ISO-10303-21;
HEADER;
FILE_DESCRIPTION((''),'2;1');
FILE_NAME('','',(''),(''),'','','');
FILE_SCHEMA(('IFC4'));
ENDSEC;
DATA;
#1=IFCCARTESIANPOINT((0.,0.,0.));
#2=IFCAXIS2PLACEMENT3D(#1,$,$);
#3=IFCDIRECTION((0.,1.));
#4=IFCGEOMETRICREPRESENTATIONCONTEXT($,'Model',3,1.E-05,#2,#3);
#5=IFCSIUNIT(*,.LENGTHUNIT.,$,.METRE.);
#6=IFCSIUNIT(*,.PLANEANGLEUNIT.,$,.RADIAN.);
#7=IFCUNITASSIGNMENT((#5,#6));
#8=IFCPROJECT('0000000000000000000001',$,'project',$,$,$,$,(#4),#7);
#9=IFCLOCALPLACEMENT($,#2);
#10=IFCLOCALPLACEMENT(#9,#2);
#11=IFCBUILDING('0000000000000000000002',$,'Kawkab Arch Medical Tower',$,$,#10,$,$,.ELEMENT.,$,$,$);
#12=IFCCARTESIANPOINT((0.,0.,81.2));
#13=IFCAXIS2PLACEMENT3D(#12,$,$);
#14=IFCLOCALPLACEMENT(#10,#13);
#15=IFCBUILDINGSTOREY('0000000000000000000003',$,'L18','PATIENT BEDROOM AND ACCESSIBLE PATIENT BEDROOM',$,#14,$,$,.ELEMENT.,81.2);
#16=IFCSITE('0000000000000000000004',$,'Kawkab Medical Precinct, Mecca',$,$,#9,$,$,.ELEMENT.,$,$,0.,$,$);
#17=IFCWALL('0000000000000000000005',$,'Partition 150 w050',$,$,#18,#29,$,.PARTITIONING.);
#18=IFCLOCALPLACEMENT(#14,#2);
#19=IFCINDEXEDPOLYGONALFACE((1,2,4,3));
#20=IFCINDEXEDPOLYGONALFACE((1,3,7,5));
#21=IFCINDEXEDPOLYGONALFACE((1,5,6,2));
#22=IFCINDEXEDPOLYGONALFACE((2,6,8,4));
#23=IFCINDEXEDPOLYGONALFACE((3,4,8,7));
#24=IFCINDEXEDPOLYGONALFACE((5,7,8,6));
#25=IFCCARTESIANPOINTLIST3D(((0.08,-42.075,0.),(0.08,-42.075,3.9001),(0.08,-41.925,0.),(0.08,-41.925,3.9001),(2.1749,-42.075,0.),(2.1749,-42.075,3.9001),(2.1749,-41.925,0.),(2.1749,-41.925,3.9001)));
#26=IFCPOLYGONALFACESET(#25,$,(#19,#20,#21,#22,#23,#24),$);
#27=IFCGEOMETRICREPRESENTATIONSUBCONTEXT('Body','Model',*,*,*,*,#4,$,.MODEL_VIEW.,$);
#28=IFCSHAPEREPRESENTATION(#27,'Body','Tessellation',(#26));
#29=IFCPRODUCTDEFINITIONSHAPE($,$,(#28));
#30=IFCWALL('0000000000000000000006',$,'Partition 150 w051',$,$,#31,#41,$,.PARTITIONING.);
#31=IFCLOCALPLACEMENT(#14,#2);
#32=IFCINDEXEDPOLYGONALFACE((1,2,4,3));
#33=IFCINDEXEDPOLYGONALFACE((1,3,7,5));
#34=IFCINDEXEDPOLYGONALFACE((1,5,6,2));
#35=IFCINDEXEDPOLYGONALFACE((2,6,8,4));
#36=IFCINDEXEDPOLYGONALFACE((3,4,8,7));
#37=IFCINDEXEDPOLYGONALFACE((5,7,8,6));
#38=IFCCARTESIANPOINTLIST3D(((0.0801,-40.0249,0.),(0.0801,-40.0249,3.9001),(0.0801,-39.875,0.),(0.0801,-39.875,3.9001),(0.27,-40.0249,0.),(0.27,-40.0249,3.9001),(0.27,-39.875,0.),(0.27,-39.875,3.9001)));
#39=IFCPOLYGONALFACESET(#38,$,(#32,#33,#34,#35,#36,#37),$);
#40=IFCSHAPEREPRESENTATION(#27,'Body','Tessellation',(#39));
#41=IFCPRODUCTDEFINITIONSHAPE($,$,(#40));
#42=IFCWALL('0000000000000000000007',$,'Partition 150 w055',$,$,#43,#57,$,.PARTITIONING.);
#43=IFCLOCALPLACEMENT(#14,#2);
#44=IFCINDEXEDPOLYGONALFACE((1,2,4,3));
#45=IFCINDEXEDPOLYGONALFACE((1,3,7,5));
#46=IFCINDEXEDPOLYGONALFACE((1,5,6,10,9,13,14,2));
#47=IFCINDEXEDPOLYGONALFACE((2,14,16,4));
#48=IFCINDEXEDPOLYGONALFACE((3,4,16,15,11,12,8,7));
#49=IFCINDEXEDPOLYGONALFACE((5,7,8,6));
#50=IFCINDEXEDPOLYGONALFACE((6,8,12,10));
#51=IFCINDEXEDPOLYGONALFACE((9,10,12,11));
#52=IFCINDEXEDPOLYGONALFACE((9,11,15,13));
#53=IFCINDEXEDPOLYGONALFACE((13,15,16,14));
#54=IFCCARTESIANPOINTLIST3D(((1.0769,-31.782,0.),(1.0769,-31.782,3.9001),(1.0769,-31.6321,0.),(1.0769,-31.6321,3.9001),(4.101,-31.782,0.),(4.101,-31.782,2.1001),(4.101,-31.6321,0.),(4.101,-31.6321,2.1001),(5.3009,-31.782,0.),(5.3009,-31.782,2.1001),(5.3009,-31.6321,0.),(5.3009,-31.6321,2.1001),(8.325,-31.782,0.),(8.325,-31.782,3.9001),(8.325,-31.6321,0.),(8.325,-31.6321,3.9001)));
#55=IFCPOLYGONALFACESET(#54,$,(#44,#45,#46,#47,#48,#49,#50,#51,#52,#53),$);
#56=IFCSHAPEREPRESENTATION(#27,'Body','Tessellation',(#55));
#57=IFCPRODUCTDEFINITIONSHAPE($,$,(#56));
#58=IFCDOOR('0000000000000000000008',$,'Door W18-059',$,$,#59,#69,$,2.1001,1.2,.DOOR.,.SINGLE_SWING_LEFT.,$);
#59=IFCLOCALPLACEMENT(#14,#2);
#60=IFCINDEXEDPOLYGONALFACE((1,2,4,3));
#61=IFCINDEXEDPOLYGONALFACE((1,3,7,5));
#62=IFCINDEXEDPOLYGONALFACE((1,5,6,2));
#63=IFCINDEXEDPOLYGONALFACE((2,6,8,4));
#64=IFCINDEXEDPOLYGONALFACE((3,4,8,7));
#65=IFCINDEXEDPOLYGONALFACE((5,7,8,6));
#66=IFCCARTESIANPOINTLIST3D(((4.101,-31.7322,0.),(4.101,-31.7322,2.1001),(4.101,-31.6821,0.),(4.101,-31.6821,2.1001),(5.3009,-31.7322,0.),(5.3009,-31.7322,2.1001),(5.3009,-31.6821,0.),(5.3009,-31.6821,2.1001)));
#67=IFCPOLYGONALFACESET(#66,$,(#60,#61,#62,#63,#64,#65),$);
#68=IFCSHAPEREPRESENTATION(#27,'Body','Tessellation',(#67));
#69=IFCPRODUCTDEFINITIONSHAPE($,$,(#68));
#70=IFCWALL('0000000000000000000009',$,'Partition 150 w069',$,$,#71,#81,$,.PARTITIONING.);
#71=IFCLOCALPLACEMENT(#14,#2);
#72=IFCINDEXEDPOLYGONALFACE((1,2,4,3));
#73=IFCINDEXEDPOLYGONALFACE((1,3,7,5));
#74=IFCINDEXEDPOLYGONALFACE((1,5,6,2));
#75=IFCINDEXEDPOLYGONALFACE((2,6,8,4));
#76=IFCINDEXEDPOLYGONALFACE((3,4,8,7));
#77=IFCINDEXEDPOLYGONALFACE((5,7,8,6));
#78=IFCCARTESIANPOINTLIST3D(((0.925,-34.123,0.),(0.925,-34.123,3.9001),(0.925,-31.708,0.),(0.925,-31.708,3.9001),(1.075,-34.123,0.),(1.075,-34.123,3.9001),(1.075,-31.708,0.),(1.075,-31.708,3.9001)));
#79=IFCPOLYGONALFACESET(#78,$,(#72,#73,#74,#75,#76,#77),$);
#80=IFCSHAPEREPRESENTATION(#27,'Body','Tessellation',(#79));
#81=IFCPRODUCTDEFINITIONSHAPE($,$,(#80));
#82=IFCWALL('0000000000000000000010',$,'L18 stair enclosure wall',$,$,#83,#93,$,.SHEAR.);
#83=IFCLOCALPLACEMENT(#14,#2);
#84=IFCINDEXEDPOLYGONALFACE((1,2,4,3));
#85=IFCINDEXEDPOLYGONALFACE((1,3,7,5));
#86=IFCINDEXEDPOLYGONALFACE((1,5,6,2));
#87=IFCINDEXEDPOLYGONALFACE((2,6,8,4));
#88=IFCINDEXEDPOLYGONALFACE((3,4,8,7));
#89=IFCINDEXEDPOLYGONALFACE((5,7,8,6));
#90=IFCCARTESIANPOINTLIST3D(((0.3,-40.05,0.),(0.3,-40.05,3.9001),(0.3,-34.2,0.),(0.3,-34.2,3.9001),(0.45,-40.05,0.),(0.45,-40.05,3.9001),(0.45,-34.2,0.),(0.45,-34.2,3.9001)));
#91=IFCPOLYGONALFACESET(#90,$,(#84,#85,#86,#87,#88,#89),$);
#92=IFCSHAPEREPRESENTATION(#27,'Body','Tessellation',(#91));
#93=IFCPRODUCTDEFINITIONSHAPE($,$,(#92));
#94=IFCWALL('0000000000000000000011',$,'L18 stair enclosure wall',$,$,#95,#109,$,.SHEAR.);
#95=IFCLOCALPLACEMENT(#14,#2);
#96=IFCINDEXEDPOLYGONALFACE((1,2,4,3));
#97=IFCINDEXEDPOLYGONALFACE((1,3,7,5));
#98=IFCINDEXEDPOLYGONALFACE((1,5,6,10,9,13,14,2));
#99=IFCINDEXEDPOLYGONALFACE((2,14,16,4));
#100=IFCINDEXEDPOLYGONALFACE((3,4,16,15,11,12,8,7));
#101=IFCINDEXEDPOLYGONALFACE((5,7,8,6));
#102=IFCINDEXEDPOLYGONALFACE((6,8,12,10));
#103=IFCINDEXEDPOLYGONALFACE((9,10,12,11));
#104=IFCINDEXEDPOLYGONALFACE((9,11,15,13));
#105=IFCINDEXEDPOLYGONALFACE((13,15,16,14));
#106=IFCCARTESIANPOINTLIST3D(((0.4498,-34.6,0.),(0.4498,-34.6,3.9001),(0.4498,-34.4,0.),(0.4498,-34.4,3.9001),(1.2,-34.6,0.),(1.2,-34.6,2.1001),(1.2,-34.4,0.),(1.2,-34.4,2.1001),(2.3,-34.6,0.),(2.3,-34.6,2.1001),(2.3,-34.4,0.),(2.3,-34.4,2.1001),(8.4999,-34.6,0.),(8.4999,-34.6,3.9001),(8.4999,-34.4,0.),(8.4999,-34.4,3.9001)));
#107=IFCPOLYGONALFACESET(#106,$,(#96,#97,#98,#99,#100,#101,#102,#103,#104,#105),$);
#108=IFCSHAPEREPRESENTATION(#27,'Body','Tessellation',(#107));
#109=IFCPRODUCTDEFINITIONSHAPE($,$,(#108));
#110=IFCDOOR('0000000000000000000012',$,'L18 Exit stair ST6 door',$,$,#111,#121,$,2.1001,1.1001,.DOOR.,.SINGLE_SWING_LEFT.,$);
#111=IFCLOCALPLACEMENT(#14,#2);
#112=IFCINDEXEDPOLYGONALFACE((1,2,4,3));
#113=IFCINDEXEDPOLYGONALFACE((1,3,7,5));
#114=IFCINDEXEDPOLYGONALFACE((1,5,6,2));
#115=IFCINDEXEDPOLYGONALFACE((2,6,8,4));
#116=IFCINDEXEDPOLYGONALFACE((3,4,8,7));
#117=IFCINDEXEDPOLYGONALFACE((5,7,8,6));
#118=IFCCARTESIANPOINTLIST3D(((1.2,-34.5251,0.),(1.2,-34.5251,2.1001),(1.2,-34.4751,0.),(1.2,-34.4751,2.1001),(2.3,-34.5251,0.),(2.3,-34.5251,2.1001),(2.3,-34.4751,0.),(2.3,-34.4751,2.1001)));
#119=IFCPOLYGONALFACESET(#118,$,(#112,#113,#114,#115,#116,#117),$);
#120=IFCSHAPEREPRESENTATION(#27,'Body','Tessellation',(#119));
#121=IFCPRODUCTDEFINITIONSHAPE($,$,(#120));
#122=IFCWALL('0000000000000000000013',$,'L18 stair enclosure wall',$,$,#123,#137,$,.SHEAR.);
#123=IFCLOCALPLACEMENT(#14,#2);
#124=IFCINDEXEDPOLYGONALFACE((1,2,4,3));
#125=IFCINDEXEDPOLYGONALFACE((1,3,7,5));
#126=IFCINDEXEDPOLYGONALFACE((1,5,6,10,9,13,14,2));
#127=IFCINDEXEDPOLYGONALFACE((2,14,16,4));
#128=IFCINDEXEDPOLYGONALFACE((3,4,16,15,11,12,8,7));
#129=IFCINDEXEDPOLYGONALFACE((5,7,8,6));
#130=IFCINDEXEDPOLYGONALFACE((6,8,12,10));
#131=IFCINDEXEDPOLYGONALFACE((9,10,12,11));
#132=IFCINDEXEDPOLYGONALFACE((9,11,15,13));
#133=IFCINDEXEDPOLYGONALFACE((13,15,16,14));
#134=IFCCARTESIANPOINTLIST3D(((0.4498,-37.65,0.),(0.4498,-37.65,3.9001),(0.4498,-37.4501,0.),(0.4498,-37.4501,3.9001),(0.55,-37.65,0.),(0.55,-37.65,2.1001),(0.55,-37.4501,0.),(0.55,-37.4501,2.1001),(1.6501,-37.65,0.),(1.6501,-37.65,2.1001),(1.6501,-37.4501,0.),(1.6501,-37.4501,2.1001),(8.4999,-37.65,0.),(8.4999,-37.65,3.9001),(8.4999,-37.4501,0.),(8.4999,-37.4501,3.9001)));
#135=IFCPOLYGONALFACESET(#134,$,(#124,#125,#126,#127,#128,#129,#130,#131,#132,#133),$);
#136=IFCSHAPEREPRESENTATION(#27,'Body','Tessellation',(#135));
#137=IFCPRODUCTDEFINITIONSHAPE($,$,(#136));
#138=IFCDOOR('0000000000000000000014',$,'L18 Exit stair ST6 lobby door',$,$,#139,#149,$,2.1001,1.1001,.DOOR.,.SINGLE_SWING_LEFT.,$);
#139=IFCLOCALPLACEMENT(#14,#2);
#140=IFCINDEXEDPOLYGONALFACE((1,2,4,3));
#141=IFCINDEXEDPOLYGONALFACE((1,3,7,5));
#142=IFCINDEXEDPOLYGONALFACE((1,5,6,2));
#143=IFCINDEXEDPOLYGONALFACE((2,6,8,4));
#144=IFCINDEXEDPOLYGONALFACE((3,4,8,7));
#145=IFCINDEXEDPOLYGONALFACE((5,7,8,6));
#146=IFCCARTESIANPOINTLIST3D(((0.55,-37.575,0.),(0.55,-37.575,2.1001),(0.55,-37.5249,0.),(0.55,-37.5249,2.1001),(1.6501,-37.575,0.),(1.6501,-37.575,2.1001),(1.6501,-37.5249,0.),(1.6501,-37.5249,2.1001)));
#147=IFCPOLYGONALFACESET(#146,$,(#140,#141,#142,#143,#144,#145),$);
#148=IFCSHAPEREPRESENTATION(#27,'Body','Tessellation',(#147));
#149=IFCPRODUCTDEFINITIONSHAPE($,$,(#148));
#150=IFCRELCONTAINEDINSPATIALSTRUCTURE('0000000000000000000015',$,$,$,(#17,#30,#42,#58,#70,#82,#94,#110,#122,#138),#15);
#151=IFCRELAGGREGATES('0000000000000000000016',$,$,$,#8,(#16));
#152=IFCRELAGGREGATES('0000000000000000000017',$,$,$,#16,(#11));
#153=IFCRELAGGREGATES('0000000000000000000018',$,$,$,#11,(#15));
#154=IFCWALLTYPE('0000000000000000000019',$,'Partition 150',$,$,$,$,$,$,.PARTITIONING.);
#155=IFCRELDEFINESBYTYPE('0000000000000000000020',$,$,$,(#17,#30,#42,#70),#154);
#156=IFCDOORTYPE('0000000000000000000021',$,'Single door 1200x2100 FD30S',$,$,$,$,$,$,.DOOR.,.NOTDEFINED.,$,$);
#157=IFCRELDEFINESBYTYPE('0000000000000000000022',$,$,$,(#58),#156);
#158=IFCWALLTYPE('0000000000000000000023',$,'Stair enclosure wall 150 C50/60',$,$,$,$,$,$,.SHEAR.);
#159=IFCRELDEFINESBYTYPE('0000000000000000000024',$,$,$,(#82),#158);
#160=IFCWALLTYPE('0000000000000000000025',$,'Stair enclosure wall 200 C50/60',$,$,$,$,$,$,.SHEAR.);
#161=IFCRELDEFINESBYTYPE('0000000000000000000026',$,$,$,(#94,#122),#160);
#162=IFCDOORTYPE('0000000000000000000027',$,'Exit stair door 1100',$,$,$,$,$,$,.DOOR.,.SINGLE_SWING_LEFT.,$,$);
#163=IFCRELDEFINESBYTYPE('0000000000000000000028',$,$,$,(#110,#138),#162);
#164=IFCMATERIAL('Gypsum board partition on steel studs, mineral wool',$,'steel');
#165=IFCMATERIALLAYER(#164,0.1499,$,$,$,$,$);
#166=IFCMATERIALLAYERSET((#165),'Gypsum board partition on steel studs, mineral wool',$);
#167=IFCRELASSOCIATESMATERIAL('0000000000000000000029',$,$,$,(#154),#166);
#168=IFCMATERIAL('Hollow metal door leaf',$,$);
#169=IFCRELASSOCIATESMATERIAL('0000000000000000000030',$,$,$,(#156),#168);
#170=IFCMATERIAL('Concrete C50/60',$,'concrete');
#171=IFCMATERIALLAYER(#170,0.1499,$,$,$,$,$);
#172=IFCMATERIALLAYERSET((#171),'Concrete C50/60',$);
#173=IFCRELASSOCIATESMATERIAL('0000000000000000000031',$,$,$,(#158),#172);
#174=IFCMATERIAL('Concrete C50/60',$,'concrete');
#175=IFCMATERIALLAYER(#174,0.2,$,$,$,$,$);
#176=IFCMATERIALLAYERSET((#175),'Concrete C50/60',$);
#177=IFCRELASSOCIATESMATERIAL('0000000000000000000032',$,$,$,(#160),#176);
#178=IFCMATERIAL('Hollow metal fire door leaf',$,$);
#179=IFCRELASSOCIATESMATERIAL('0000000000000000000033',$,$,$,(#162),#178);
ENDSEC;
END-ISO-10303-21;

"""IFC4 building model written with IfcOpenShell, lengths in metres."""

from ifc_helpers import new_model, si_unit, direction, frame, frame_2d, origin, place, context, subcontext, project, spatial, rectangle, extrude, material, layer, layer_set, type_object, element, fill, save


model = new_model("IFC4")

# Units and contexts
model_context = context("Model", 3, precision=1e-05, world=origin(), true_north=direction((0.0, 1.0)))
body_context = subcontext(model_context, "Body", "Model", "MODEL_VIEW")
ifc_project = project(units=[si_unit("LENGTHUNIT", "METRE"), si_unit("PLANEANGLEUNIT", "RADIAN")], contexts=[model_context])

# Site, building, storey
site_placement = place(None, origin())
site = spatial("IfcSite", under=ifc_project, at=site_placement, Name="Kawkab Medical Precinct, Mecca", CompositionType="ELEMENT", RefElevation=0.0)
building_placement = place(site_placement, origin())
building = spatial("IfcBuilding", under=site, at=building_placement, Name="Kawkab Arch Medical Tower", CompositionType="ELEMENT")
storey_placement = place(building_placement, frame((0.0, 0.0, 81.2)))
storey = spatial("IfcBuildingStorey", under=building, at=storey_placement, Name="L18", Description="PATIENT BEDROOM AND ACCESSIBLE PATIENT BEDROOM", CompositionType="ELEMENT", Elevation=81.2)

# Walls
ifc_material_1 = material(Name="Gypsum board partition on steel studs, mineral wool", Category="steel")
ifc_layer_1 = layer(ifc_material_1, 0.1499)
ifc_layer_set_1 = layer_set([ifc_layer_1], Name="Gypsum board partition on steel studs, mineral wool")
wall_type_1 = type_object("IfcWallType", Name="Partition 150", PredefinedType="PARTITIONING", material=ifc_layer_set_1)
wall_1_placement = place(storey_placement, frame((0.0801, -42.0, 0.0), z_axis=(0.0, 0.0, 1.0), x_axis=(1.0, 0.0, 0.0)))
element("IfcWall", 1, at=wall_1_placement, inside=storey, type_object=wall_type_1, Name="Partition 150 w050", PredefinedType="PARTITIONING", context=body_context, shape_type="SweptSolid", body=[
    extrude(rectangle(XDim=2.095, YDim=0.1499, at=frame_2d((1.0474, 0.0))), origin(), (0.0, 0.0, 1.0), 3.9001),
])
wall_2_placement = place(storey_placement, frame((0.0801, -39.95, 0.0), z_axis=(0.0, 0.0, 1.0), x_axis=(1.0, 0.0, 0.0)))
element("IfcWall", 2, at=wall_2_placement, inside=storey, type_object=wall_type_1, Name="Partition 150 w051", PredefinedType="PARTITIONING", context=body_context, shape_type="SweptSolid", body=[
    extrude(rectangle(XDim=0.1899, YDim=0.1499, at=frame_2d((0.095, 0.0))), origin(), (0.0, 0.0, 1.0), 3.9001),
])

# Wall, opening, door
wall_3_placement = place(storey_placement, frame((1.0769, -31.707, 0.0), z_axis=(0.0, 0.0, 1.0), x_axis=(1.0, 0.0, 0.0)))
wall_3 = element("IfcWall", 3, at=wall_3_placement, inside=storey, type_object=wall_type_1, Name="Partition 150 w055", PredefinedType="PARTITIONING", context=body_context, shape_type="SweptSolid", body=[
    extrude(rectangle(XDim=7.248, YDim=0.1499, at=frame_2d((3.624, 0.0))), origin(), (0.0, 0.0, 1.0), 3.9001),
])
opening_1_placement = place(wall_3_placement, frame((3.0239, 0.0, 0.0)))
opening_1 = element("IfcOpeningElement", 4, at=opening_1_placement, cuts=wall_3, PredefinedType="OPENING", context=body_context, shape_type="SweptSolid", body=[
    extrude(rectangle(XDim=1.2, YDim=2.1001, at=frame_2d((0.6001, 1.05))), frame((0.0, 0.085, 0.0), z_axis=(0.0, -1.0, 0.0), x_axis=(1.0, 0.0, 0.0)), (0.0, 0.0, 1.0), 0.1699),
])
ifc_material_2 = material(Name="Hollow metal door leaf")
door_type_1 = type_object("IfcDoorType", Name="Single door 1200x2100 FD30S", OperationType="NOTDEFINED", PredefinedType="DOOR", material=ifc_material_2)
door_1_placement = place(opening_1_placement, origin())
door_1 = element("IfcDoor", 5, at=door_1_placement, inside=storey, type_object=door_type_1, Name="Door W18-059", OperationType="SINGLE_SWING_LEFT", OverallHeight=2.1001, OverallWidth=1.2, PredefinedType="DOOR", context=body_context, shape_type="SweptSolid", body=[
    extrude(rectangle(XDim=1.2, YDim=2.1001, at=frame_2d((0.6001, 1.05))), frame((0.0, 0.0249, 0.0), z_axis=(0.0, -1.0, 0.0), x_axis=(1.0, 0.0, 0.0)), (0.0, 0.0, 1.0), 0.05),
])
fill(opening_1, door_1)

# Walls
wall_4_placement = place(storey_placement, frame((1.0, -34.123, 0.0), z_axis=(0.0, 0.0, 1.0), x_axis=(0.0, 1.0, 0.0)))
element("IfcWall", 6, at=wall_4_placement, inside=storey, type_object=wall_type_1, Name="Partition 150 w069", PredefinedType="PARTITIONING", context=body_context, shape_type="SweptSolid", body=[
    extrude(rectangle(XDim=2.415, YDim=0.1499, at=frame_2d((1.2075, 0.0))), origin(), (0.0, 0.0, 1.0), 3.9001),
])
ifc_material_3 = material(Name="Concrete C50/60", Category="concrete")
ifc_layer_2 = layer(ifc_material_3, 0.1499)
ifc_layer_set_2 = layer_set([ifc_layer_2], Name="Concrete C50/60")
wall_type_2 = type_object("IfcWallType", Name="Stair enclosure wall 150 C50/60", PredefinedType="SHEAR", material=ifc_layer_set_2)
wall_5_placement = place(storey_placement, frame((0.375, -40.05, 0.0), z_axis=(0.0, 0.0, 1.0), x_axis=(0.0, 1.0, 0.0)))
element("IfcWall", 7, at=wall_5_placement, inside=storey, type_object=wall_type_2, Name="L18 stair enclosure wall", PredefinedType="SHEAR", context=body_context, shape_type="SweptSolid", body=[
    extrude(rectangle(XDim=5.8501, YDim=0.1499, at=frame_2d((2.925, 0.0))), origin(), (0.0, 0.0, 1.0), 3.9001),
])

# Walls, openings, doors
ifc_material_4 = material(Name="Concrete C50/60", Category="concrete")
ifc_layer_3 = layer(ifc_material_4, 0.2)
ifc_layer_set_3 = layer_set([ifc_layer_3], Name="Concrete C50/60")
wall_type_3 = type_object("IfcWallType", Name="Stair enclosure wall 200 C50/60", PredefinedType="SHEAR", material=ifc_layer_set_3)
wall_6_placement = place(storey_placement, frame((0.45, -34.5, 0.0), z_axis=(0.0, 0.0, 1.0), x_axis=(1.0, 0.0, 0.0)))
wall_6 = element("IfcWall", 8, at=wall_6_placement, inside=storey, type_object=wall_type_3, Name="L18 stair enclosure wall", PredefinedType="SHEAR", context=body_context, shape_type="SweptSolid", body=[
    extrude(rectangle(XDim=8.05, YDim=0.2, at=frame_2d((4.0249, 0.0))), origin(), (0.0, 0.0, 1.0), 3.9001),
])
opening_2_placement = place(wall_6_placement, frame((0.75, 0.0, 0.0)))
opening_2 = element("IfcOpeningElement", 9, at=opening_2_placement, cuts=wall_6, PredefinedType="OPENING", context=body_context, shape_type="SweptSolid", body=[
    extrude(rectangle(XDim=1.1001, YDim=2.1001, at=frame_2d((0.55, 1.05))), frame((0.0, 0.1099, 0.0), z_axis=(0.0, -1.0, 0.0), x_axis=(1.0, 0.0, 0.0)), (0.0, 0.0, 1.0), 0.22),
])
ifc_material_5 = material(Name="Hollow metal fire door leaf")
door_type_2 = type_object("IfcDoorType", Name="Exit stair door 1100", OperationType="SINGLE_SWING_LEFT", PredefinedType="DOOR", material=ifc_material_5)
door_2_placement = place(opening_2_placement, origin())
door_2 = element("IfcDoor", 10, at=door_2_placement, inside=storey, type_object=door_type_2, Name="L18 Exit stair ST6 door", OperationType="SINGLE_SWING_LEFT", OverallHeight=2.1001, OverallWidth=1.1001, PredefinedType="DOOR", context=body_context, shape_type="SweptSolid", body=[
    extrude(rectangle(XDim=1.1001, YDim=2.1001, at=frame_2d((0.55, 1.05))), frame((0.0, 0.0249, 0.0), z_axis=(0.0, -1.0, 0.0), x_axis=(1.0, 0.0, 0.0)), (0.0, 0.0, 1.0), 0.05),
])
fill(opening_2, door_2)
wall_7_placement = place(storey_placement, frame((0.45, -37.55, 0.0), z_axis=(0.0, 0.0, 1.0), x_axis=(1.0, 0.0, 0.0)))
wall_7 = element("IfcWall", 11, at=wall_7_placement, inside=storey, type_object=wall_type_3, Name="L18 stair enclosure wall", PredefinedType="SHEAR", context=body_context, shape_type="SweptSolid", body=[
    extrude(rectangle(XDim=8.05, YDim=0.2, at=frame_2d((4.0249, 0.0))), origin(), (0.0, 0.0, 1.0), 3.9001),
])
opening_3_placement = place(wall_7_placement, frame((0.1001, 0.0, 0.0)))
opening_3 = element("IfcOpeningElement", 12, at=opening_3_placement, cuts=wall_7, PredefinedType="OPENING", context=body_context, shape_type="SweptSolid", body=[
    extrude(rectangle(XDim=1.1001, YDim=2.1001, at=frame_2d((0.55, 1.05))), frame((0.0, 0.1099, 0.0), z_axis=(0.0, -1.0, 0.0), x_axis=(1.0, 0.0, 0.0)), (0.0, 0.0, 1.0), 0.22),
])
door_3_placement = place(opening_3_placement, frame((1.1001, 0.0, 0.0), z_axis=(0.0, 0.0, 1.0), x_axis=(-1.0, 0.0, 0.0)))
door_3 = element("IfcDoor", 13, at=door_3_placement, inside=storey, type_object=door_type_2, Name="L18 Exit stair ST6 lobby door", OperationType="SINGLE_SWING_LEFT", OverallHeight=2.1001, OverallWidth=1.1001, PredefinedType="DOOR", context=body_context, shape_type="SweptSolid", body=[
    extrude(rectangle(XDim=1.1001, YDim=2.1001, at=frame_2d((0.55, 1.05))), frame((0.0, 0.0249, 0.0), z_axis=(0.0, -1.0, 0.0), x_axis=(1.0, 0.0, 0.0)), (0.0, 0.0, 1.0), 0.05),
])
fill(opening_3, door_3)

save(model, "model.ifc")
